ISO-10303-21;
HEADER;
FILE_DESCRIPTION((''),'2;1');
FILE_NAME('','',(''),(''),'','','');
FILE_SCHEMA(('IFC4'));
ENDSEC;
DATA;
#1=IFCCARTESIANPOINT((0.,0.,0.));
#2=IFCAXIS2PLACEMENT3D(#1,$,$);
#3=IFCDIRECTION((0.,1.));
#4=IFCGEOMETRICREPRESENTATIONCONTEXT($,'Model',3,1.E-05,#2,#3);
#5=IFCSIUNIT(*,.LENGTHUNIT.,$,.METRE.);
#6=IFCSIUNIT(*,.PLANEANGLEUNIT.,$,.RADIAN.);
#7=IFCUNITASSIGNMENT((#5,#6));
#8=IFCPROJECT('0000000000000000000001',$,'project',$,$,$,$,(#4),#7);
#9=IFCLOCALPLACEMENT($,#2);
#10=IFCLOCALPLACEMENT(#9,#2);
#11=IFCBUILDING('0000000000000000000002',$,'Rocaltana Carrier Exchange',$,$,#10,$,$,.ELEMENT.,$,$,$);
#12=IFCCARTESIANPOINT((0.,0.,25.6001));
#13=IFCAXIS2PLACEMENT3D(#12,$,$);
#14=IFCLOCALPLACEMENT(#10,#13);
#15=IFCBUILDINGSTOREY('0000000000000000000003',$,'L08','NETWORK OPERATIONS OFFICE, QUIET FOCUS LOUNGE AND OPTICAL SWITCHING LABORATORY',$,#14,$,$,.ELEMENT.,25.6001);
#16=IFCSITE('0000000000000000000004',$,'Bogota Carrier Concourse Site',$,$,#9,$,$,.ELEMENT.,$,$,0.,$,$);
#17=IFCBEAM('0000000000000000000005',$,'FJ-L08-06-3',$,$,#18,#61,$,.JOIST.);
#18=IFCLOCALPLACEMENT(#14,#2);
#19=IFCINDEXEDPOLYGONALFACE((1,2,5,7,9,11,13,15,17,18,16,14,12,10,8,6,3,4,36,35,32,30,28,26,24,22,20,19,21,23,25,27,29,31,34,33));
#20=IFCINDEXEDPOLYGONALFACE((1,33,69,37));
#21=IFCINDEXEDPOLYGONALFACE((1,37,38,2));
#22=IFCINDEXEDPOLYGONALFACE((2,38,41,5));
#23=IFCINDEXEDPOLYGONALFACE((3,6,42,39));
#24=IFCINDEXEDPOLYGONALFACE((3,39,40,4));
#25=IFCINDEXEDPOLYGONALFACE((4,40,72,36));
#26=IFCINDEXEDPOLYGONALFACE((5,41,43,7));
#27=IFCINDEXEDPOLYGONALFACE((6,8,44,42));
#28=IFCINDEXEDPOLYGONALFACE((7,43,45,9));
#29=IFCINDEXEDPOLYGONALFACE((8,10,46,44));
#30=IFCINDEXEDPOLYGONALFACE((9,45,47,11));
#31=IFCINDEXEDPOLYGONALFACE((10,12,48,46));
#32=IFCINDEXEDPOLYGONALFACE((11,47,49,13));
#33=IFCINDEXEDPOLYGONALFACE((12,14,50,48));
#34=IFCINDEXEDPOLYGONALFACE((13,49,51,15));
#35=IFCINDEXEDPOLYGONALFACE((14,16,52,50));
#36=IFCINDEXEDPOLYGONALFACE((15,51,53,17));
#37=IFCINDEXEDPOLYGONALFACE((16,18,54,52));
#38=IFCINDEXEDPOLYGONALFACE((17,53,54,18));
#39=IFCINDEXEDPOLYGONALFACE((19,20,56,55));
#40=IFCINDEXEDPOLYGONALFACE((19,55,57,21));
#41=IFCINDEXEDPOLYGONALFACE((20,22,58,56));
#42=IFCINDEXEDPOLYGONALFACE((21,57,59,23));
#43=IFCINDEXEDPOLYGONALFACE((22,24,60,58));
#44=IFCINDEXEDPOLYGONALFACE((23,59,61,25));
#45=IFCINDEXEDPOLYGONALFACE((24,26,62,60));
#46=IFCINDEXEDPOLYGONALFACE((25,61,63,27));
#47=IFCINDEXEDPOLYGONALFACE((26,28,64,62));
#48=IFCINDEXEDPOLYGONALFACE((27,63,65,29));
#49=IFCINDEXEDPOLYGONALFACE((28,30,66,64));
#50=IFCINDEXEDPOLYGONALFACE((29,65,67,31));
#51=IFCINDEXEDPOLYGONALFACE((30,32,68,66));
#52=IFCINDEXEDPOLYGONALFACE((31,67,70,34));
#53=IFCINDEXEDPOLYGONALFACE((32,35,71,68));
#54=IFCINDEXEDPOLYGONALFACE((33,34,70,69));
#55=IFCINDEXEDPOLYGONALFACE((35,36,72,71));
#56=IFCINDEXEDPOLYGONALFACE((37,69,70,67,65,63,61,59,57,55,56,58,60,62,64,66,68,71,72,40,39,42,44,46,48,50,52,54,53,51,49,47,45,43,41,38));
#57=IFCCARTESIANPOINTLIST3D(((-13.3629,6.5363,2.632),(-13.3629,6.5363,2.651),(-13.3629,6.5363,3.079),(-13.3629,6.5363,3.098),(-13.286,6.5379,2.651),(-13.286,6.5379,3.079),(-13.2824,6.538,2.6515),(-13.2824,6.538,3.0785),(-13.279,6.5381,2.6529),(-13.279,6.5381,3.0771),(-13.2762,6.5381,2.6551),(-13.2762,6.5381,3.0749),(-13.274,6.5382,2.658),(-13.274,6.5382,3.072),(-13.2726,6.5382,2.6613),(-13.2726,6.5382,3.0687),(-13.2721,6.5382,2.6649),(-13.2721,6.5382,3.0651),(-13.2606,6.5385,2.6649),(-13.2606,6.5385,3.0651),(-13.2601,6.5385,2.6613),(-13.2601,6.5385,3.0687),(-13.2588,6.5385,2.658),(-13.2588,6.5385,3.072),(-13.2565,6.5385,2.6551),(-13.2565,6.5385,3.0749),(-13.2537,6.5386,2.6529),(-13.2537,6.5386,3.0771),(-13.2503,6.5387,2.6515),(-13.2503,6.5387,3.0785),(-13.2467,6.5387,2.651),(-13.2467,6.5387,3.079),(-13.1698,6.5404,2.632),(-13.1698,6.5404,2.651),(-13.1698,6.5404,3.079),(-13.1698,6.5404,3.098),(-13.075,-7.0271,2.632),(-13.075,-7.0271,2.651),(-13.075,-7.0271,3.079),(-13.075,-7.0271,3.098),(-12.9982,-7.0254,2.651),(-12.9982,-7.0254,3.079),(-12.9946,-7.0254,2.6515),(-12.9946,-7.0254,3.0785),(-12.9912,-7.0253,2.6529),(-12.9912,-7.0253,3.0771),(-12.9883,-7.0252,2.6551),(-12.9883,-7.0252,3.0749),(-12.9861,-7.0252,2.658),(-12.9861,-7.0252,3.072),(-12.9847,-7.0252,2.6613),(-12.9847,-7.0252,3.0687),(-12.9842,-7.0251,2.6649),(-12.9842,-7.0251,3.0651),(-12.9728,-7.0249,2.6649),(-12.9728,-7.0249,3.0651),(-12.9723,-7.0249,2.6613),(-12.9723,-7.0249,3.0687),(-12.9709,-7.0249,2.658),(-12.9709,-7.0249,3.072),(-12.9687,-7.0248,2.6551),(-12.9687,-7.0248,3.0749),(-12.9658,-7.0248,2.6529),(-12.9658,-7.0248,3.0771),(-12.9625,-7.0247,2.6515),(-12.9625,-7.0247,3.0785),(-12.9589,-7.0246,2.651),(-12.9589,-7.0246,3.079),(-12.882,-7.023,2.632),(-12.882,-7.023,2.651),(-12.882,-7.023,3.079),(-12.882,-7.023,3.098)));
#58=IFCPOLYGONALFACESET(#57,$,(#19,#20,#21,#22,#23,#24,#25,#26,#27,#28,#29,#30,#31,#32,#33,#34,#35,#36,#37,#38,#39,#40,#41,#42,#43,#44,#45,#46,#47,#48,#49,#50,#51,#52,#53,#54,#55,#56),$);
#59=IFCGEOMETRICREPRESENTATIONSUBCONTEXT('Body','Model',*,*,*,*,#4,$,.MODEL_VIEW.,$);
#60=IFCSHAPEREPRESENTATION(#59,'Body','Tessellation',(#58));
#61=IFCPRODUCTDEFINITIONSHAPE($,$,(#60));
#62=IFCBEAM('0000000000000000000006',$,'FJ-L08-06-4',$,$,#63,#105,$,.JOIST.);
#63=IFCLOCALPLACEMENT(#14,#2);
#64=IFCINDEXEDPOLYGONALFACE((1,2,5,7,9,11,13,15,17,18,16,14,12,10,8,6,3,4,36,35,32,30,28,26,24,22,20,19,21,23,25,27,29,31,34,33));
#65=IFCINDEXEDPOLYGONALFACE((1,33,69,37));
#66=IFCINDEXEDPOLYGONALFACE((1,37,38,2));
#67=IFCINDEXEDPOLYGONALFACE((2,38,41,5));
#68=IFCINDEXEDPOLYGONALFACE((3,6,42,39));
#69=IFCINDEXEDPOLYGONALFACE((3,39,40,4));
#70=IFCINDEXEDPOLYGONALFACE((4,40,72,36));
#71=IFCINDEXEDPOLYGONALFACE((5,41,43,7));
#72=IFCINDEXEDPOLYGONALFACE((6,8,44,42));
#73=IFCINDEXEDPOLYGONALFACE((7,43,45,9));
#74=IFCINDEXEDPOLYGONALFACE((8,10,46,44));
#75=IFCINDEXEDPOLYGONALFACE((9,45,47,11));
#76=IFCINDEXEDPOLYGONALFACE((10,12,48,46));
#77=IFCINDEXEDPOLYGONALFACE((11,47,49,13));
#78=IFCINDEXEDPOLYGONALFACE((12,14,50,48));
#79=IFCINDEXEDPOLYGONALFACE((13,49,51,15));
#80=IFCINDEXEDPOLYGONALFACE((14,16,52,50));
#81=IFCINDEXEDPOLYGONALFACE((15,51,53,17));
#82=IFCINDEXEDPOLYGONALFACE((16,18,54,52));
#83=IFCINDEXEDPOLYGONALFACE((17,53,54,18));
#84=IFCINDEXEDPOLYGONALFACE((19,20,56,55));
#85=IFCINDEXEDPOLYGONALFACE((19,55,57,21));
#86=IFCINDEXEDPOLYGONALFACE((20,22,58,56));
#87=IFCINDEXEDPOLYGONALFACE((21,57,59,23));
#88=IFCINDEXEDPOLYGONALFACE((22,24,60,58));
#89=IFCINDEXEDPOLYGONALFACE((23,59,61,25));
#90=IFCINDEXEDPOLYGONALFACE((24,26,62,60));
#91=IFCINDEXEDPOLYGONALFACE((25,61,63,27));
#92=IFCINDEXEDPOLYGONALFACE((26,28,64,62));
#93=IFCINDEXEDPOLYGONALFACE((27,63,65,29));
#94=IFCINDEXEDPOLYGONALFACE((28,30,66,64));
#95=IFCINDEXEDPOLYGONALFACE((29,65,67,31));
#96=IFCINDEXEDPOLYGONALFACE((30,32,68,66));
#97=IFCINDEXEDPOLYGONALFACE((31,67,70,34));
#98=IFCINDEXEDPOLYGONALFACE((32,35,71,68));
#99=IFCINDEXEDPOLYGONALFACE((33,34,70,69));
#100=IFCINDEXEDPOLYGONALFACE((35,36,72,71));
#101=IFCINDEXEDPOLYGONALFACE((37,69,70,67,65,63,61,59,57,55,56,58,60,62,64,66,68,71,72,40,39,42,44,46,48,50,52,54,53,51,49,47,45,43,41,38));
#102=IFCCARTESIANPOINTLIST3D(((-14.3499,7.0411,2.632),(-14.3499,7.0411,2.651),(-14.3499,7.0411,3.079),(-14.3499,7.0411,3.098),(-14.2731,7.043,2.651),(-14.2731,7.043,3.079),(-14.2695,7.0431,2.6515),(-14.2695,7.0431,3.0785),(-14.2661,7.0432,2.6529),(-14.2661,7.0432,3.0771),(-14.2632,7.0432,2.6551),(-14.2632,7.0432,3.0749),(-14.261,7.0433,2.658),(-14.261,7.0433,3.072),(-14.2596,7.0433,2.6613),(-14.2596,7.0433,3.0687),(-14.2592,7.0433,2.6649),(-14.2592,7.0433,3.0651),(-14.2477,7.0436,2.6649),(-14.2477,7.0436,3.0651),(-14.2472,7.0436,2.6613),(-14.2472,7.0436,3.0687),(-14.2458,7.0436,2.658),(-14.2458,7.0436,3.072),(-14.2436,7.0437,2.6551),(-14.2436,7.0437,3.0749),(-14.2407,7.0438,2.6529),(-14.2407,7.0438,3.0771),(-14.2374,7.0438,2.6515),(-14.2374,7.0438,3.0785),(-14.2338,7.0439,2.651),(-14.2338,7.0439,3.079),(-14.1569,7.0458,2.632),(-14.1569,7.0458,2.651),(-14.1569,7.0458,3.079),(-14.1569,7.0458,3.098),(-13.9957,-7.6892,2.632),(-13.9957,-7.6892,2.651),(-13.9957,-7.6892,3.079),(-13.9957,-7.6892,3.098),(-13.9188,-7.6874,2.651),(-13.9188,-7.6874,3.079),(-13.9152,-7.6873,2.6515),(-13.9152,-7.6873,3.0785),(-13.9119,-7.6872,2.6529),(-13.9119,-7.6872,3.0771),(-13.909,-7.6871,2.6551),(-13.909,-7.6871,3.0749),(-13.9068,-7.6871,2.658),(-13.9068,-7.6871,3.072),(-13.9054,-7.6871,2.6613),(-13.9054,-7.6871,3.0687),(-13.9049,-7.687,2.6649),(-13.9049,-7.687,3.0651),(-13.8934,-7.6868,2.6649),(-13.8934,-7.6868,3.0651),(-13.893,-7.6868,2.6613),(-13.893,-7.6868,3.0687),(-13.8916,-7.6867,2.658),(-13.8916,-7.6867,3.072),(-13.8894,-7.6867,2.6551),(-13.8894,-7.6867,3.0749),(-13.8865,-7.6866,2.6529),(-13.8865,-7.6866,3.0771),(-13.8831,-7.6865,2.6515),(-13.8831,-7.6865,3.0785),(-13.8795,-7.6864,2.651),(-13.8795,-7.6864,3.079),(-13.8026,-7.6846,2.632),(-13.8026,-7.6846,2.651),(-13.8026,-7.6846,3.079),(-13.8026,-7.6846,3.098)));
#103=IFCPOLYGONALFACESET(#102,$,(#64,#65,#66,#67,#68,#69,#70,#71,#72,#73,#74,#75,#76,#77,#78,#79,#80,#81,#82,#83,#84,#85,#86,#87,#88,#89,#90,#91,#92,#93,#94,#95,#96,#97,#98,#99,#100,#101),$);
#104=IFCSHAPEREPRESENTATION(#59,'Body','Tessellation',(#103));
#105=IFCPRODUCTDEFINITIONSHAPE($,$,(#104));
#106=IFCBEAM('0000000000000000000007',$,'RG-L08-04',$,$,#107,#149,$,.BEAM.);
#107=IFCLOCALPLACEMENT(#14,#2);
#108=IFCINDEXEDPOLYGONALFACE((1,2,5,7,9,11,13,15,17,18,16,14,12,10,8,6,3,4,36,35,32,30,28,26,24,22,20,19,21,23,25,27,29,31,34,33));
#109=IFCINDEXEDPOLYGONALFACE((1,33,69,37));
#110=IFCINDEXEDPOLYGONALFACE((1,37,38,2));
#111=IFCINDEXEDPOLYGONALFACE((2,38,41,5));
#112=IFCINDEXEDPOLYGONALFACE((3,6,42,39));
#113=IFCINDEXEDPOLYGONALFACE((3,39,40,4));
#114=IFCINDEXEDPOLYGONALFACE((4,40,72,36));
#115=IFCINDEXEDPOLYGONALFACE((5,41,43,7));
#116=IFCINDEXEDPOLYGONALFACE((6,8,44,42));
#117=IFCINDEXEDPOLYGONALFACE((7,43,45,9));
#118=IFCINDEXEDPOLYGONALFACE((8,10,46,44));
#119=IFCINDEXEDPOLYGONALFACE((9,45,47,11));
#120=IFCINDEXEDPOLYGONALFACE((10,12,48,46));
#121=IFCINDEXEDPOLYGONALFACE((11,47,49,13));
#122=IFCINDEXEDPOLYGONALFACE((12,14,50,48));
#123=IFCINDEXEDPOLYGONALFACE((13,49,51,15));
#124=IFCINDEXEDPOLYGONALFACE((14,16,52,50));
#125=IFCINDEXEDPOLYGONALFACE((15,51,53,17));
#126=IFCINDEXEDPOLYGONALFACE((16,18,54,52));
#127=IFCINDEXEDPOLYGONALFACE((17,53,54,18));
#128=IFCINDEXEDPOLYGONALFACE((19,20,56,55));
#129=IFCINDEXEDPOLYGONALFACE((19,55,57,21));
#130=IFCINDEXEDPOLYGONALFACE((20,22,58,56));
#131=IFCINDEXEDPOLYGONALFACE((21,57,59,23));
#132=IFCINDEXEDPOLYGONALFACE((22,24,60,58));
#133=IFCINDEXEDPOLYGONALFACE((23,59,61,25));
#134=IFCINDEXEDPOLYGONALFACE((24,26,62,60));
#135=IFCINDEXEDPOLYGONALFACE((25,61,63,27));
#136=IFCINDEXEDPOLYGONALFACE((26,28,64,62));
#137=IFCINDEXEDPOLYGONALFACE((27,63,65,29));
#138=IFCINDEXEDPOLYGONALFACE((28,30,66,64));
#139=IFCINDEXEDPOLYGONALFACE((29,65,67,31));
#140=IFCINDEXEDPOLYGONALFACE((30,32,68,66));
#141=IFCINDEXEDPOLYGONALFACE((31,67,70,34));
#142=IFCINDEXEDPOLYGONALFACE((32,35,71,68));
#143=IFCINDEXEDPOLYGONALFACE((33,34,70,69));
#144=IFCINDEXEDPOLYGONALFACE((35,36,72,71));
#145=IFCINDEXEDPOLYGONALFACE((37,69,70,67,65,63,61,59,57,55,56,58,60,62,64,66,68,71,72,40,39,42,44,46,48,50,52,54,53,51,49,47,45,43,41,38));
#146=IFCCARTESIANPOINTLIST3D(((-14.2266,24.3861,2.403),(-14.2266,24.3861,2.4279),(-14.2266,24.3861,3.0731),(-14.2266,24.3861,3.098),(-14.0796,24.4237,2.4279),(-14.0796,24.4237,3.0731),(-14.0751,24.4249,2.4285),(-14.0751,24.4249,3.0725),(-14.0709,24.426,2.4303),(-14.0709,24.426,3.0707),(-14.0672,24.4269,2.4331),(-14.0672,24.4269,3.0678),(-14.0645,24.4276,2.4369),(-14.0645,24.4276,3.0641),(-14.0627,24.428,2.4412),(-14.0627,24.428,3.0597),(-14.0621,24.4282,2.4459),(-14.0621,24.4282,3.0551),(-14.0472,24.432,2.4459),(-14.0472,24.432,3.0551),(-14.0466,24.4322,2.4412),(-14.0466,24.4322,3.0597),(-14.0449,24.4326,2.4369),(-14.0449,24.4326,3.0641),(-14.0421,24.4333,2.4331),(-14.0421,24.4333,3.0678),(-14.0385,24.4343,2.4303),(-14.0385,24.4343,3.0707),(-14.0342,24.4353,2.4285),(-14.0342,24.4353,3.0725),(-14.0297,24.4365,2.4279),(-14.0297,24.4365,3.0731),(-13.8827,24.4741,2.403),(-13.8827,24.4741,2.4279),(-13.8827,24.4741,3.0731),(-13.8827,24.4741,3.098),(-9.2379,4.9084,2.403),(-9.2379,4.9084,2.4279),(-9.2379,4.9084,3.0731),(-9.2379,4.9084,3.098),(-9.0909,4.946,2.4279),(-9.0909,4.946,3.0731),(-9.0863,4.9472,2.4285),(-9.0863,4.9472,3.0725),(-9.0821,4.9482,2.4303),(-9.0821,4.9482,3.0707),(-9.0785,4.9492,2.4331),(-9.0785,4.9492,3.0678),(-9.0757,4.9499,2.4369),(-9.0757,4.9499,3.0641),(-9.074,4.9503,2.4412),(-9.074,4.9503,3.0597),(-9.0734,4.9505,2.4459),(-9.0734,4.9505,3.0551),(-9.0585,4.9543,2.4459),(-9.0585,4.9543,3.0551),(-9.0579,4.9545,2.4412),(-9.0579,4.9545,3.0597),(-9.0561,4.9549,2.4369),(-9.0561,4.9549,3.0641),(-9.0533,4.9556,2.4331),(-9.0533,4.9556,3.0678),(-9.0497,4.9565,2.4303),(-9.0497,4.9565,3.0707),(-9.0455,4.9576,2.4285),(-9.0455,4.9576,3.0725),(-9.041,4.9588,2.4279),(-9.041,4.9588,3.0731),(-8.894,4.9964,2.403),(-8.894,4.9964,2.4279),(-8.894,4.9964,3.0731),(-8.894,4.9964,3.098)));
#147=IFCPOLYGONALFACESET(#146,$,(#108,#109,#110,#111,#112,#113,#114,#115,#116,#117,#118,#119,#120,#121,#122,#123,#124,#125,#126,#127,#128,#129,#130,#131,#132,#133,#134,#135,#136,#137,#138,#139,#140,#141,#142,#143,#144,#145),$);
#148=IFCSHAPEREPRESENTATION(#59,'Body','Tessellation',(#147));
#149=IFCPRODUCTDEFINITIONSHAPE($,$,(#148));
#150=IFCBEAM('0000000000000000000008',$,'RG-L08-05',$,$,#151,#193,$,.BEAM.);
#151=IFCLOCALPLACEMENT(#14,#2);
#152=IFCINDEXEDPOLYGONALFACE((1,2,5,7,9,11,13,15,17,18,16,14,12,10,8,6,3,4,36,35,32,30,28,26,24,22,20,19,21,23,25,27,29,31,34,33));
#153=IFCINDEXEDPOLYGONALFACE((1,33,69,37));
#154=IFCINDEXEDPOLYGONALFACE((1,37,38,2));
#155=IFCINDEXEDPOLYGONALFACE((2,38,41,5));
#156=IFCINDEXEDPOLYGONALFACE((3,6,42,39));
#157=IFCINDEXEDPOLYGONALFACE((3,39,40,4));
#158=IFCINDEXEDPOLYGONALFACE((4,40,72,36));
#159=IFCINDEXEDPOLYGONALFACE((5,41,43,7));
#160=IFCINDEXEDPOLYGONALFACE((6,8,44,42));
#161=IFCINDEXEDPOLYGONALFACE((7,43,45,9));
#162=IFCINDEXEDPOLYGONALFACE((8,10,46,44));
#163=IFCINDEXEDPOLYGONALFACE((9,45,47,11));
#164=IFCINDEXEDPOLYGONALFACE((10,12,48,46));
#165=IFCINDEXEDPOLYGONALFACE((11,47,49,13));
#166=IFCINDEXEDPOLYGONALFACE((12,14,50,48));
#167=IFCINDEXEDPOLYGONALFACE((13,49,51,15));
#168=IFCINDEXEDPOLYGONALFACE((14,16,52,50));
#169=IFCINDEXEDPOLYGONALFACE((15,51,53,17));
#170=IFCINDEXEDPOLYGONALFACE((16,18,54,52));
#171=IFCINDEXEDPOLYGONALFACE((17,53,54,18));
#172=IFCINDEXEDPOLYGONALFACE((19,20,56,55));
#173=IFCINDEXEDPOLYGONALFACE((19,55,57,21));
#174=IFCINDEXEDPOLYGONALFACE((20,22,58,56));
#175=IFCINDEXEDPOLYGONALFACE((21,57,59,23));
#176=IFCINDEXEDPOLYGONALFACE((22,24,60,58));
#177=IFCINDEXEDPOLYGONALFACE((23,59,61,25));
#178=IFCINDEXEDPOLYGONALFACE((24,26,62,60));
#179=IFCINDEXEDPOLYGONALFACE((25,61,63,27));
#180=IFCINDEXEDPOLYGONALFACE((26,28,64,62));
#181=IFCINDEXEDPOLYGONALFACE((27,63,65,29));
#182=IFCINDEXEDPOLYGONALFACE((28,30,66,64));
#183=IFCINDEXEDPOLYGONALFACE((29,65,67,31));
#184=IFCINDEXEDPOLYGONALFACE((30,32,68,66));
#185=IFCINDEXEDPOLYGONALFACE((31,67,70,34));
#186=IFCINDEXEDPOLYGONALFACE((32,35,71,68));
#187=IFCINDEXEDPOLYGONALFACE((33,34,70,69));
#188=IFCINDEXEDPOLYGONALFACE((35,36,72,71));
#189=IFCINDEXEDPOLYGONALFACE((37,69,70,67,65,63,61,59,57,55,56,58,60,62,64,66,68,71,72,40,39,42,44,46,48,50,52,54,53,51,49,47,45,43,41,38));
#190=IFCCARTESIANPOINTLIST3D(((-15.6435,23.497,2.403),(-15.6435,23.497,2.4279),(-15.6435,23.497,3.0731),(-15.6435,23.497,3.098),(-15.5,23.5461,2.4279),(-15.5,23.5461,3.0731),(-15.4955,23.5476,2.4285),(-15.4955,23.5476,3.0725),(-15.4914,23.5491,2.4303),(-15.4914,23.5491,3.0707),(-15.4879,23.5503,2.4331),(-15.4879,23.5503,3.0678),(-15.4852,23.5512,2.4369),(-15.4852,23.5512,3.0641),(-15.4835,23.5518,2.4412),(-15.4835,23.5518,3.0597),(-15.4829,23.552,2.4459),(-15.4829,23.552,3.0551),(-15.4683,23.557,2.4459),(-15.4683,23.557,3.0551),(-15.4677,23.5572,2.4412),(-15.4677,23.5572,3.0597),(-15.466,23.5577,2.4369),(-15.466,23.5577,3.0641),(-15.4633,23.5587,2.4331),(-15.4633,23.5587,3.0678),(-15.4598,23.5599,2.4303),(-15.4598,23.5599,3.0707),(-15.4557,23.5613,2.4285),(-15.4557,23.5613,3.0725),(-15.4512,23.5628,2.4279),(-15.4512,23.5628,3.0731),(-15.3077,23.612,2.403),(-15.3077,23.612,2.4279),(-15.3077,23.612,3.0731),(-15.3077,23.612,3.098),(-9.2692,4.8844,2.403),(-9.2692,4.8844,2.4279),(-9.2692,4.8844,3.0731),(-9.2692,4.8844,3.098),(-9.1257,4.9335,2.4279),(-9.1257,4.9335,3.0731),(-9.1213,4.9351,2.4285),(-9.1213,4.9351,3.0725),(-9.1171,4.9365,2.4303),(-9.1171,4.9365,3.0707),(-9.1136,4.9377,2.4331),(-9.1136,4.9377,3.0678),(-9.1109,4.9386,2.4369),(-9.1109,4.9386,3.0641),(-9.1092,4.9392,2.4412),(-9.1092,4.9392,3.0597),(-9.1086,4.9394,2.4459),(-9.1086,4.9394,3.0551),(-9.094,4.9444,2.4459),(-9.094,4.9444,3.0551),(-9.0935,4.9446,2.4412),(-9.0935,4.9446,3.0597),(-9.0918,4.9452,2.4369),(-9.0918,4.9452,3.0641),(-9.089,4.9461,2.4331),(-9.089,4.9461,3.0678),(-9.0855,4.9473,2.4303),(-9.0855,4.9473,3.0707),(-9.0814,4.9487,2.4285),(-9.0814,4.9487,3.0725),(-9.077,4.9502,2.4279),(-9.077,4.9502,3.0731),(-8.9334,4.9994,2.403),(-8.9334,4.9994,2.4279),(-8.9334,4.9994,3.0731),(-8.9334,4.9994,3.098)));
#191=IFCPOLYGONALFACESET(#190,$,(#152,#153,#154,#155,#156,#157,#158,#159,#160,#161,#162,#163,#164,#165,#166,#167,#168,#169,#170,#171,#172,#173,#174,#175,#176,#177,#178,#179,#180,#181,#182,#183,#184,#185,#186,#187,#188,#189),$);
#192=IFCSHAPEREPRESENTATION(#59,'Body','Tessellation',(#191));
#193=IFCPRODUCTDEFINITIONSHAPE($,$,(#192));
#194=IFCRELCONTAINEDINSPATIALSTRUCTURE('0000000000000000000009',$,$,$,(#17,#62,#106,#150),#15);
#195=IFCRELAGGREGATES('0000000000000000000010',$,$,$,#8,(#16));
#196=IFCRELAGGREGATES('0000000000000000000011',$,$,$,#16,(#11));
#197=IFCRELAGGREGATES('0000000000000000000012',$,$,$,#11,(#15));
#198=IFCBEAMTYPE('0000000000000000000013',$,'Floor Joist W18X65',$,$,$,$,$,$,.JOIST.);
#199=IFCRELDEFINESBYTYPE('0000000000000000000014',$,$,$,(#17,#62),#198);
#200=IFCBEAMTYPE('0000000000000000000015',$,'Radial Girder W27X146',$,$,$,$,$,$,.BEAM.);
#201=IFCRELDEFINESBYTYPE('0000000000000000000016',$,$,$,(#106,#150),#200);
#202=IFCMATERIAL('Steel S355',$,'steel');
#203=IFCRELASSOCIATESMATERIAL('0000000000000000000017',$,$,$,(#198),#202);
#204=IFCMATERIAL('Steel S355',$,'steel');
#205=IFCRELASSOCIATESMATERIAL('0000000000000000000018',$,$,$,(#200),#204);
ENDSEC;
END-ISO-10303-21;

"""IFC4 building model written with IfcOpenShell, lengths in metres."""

from ifc_helpers import new_model, si_unit, direction, frame, origin, origin_2d, place, context, subcontext, project, spatial, i_section, extrude, material, material_profile, profile_set, type_object, element, save


model = new_model("IFC4")

# Units and contexts
model_context = context("Model", 3, precision=1e-05, world=origin(), true_north=direction((0.0, 1.0)))
body_context = subcontext(model_context, "Body", "Model", "MODEL_VIEW")
ifc_project = project(units=[si_unit("LENGTHUNIT", "METRE"), si_unit("PLANEANGLEUNIT", "RADIAN")], contexts=[model_context])

# Site, building, storey
site_placement = place(None, origin())
site = spatial("IfcSite", under=ifc_project, at=site_placement, Name="Bogota Carrier Concourse Site", CompositionType="ELEMENT", RefElevation=0.0)
building_placement = place(site_placement, origin())
building = spatial("IfcBuilding", under=site, at=building_placement, Name="Rocaltana Carrier Exchange", CompositionType="ELEMENT")
storey_placement = place(building_placement, frame((0.0, 0.0, 25.6001)))
storey = spatial("IfcBuildingStorey", under=building, at=storey_placement, Name="L08", Description="NETWORK OPERATIONS OFFICE, QUIET FOCUS LOUNGE AND OPTICAL SWITCHING LABORATORY", CompositionType="ELEMENT", Elevation=25.6001)

# Beams
ifc_material_1 = material(Name="Steel S355", Category="steel")
ifc_material_profile_1 = material_profile(ifc_material_1, i_section(OverallWidth=0.1931, OverallDepth=0.4661, WebThickness=0.0115, FlangeThickness=0.019, FilletRadius=0.0139, at=origin_2d()), Name="W18X65")
ifc_profile_set_1 = profile_set([ifc_material_profile_1], Name="Steel S355")
beam_type_1 = type_object("IfcBeamType", Name="Floor Joist W18X65", PredefinedType="JOIST", material=ifc_profile_set_1)
beam_1_placement = place(storey_placement, frame((-13.2664, 6.5383, 2.865), z_axis=(0.021217, -0.999775, 0.0), x_axis=(0.999775, 0.021217, 0.0)))
element("IfcBeam", 1, at=beam_1_placement, inside=storey, type_object=beam_type_1, Name="FJ-L08-06-3", PredefinedType="JOIST", context=body_context, shape_type="SweptSolid", body=[
    extrude(i_section(OverallWidth=0.1931, OverallDepth=0.4661, WebThickness=0.0115, FlangeThickness=0.019, FilletRadius=0.0139, at=origin_2d()), origin(), (0.0, 0.0, 1.0), 13.5664),
])
beam_2_placement = place(storey_placement, frame((-14.2534, 7.0435, 2.865), z_axis=(0.024042, -0.999711, 0.0), x_axis=(0.999711, 0.024042, 0.0)))
element("IfcBeam", 2, at=beam_2_placement, inside=storey, type_object=beam_type_1, Name="FJ-L08-06-4", PredefinedType="JOIST", context=body_context, shape_type="SweptSolid", body=[
    extrude(i_section(OverallWidth=0.1931, OverallDepth=0.4661, WebThickness=0.0115, FlangeThickness=0.019, FilletRadius=0.0139, at=origin_2d()), origin(), (0.0, 0.0, 1.0), 14.7346),
])
ifc_material_2 = material(Name="Steel S355", Category="steel")
ifc_material_profile_2 = material_profile(ifc_material_2, i_section(OverallWidth=0.355, OverallDepth=0.6951, WebThickness=0.0154, FlangeThickness=0.0249, FilletRadius=0.0181, at=origin_2d()), Name="W27X146")
ifc_profile_set_2 = profile_set([ifc_material_profile_2], Name="Steel S355")
beam_type_2 = type_object("IfcBeamType", Name="Radial Girder W27X146", PredefinedType="BEAM", material=ifc_profile_set_2)
beam_3_placement = place(storey_placement, frame((-9.0659, 4.9524, 2.7505), z_axis=(-0.248117, 0.96873, 0.0), x_axis=(-0.96873, -0.248117, 0.0)))
element("IfcBeam", 3, at=beam_3_placement, inside=storey, type_object=beam_type_2, Name="RG-L08-04", PredefinedType="BEAM", context=body_context, shape_type="SweptSolid", body=[
    extrude(i_section(OverallWidth=0.355, OverallDepth=0.6951, WebThickness=0.0154, FlangeThickness=0.0249, FilletRadius=0.0181, at=origin_2d()), origin(), (0.0, 0.0, 1.0), 20.1064),
])
beam_4_placement = place(storey_placement, frame((-9.1013, 4.9419, 2.7505), z_axis=(-0.323998, 0.946058, 0.0), x_axis=(-0.946058, -0.323998, 0.0)))
element("IfcBeam", 4, at=beam_4_placement, inside=storey, type_object=beam_type_2, Name="RG-L08-05", PredefinedType="BEAM", context=body_context, shape_type="SweptSolid", body=[
    extrude(i_section(OverallWidth=0.355, OverallDepth=0.6951, WebThickness=0.0154, FlangeThickness=0.0249, FilletRadius=0.0181, at=origin_2d()), origin(), (0.0, 0.0, 1.0), 19.6738),
])

save(model, "model.ifc")
